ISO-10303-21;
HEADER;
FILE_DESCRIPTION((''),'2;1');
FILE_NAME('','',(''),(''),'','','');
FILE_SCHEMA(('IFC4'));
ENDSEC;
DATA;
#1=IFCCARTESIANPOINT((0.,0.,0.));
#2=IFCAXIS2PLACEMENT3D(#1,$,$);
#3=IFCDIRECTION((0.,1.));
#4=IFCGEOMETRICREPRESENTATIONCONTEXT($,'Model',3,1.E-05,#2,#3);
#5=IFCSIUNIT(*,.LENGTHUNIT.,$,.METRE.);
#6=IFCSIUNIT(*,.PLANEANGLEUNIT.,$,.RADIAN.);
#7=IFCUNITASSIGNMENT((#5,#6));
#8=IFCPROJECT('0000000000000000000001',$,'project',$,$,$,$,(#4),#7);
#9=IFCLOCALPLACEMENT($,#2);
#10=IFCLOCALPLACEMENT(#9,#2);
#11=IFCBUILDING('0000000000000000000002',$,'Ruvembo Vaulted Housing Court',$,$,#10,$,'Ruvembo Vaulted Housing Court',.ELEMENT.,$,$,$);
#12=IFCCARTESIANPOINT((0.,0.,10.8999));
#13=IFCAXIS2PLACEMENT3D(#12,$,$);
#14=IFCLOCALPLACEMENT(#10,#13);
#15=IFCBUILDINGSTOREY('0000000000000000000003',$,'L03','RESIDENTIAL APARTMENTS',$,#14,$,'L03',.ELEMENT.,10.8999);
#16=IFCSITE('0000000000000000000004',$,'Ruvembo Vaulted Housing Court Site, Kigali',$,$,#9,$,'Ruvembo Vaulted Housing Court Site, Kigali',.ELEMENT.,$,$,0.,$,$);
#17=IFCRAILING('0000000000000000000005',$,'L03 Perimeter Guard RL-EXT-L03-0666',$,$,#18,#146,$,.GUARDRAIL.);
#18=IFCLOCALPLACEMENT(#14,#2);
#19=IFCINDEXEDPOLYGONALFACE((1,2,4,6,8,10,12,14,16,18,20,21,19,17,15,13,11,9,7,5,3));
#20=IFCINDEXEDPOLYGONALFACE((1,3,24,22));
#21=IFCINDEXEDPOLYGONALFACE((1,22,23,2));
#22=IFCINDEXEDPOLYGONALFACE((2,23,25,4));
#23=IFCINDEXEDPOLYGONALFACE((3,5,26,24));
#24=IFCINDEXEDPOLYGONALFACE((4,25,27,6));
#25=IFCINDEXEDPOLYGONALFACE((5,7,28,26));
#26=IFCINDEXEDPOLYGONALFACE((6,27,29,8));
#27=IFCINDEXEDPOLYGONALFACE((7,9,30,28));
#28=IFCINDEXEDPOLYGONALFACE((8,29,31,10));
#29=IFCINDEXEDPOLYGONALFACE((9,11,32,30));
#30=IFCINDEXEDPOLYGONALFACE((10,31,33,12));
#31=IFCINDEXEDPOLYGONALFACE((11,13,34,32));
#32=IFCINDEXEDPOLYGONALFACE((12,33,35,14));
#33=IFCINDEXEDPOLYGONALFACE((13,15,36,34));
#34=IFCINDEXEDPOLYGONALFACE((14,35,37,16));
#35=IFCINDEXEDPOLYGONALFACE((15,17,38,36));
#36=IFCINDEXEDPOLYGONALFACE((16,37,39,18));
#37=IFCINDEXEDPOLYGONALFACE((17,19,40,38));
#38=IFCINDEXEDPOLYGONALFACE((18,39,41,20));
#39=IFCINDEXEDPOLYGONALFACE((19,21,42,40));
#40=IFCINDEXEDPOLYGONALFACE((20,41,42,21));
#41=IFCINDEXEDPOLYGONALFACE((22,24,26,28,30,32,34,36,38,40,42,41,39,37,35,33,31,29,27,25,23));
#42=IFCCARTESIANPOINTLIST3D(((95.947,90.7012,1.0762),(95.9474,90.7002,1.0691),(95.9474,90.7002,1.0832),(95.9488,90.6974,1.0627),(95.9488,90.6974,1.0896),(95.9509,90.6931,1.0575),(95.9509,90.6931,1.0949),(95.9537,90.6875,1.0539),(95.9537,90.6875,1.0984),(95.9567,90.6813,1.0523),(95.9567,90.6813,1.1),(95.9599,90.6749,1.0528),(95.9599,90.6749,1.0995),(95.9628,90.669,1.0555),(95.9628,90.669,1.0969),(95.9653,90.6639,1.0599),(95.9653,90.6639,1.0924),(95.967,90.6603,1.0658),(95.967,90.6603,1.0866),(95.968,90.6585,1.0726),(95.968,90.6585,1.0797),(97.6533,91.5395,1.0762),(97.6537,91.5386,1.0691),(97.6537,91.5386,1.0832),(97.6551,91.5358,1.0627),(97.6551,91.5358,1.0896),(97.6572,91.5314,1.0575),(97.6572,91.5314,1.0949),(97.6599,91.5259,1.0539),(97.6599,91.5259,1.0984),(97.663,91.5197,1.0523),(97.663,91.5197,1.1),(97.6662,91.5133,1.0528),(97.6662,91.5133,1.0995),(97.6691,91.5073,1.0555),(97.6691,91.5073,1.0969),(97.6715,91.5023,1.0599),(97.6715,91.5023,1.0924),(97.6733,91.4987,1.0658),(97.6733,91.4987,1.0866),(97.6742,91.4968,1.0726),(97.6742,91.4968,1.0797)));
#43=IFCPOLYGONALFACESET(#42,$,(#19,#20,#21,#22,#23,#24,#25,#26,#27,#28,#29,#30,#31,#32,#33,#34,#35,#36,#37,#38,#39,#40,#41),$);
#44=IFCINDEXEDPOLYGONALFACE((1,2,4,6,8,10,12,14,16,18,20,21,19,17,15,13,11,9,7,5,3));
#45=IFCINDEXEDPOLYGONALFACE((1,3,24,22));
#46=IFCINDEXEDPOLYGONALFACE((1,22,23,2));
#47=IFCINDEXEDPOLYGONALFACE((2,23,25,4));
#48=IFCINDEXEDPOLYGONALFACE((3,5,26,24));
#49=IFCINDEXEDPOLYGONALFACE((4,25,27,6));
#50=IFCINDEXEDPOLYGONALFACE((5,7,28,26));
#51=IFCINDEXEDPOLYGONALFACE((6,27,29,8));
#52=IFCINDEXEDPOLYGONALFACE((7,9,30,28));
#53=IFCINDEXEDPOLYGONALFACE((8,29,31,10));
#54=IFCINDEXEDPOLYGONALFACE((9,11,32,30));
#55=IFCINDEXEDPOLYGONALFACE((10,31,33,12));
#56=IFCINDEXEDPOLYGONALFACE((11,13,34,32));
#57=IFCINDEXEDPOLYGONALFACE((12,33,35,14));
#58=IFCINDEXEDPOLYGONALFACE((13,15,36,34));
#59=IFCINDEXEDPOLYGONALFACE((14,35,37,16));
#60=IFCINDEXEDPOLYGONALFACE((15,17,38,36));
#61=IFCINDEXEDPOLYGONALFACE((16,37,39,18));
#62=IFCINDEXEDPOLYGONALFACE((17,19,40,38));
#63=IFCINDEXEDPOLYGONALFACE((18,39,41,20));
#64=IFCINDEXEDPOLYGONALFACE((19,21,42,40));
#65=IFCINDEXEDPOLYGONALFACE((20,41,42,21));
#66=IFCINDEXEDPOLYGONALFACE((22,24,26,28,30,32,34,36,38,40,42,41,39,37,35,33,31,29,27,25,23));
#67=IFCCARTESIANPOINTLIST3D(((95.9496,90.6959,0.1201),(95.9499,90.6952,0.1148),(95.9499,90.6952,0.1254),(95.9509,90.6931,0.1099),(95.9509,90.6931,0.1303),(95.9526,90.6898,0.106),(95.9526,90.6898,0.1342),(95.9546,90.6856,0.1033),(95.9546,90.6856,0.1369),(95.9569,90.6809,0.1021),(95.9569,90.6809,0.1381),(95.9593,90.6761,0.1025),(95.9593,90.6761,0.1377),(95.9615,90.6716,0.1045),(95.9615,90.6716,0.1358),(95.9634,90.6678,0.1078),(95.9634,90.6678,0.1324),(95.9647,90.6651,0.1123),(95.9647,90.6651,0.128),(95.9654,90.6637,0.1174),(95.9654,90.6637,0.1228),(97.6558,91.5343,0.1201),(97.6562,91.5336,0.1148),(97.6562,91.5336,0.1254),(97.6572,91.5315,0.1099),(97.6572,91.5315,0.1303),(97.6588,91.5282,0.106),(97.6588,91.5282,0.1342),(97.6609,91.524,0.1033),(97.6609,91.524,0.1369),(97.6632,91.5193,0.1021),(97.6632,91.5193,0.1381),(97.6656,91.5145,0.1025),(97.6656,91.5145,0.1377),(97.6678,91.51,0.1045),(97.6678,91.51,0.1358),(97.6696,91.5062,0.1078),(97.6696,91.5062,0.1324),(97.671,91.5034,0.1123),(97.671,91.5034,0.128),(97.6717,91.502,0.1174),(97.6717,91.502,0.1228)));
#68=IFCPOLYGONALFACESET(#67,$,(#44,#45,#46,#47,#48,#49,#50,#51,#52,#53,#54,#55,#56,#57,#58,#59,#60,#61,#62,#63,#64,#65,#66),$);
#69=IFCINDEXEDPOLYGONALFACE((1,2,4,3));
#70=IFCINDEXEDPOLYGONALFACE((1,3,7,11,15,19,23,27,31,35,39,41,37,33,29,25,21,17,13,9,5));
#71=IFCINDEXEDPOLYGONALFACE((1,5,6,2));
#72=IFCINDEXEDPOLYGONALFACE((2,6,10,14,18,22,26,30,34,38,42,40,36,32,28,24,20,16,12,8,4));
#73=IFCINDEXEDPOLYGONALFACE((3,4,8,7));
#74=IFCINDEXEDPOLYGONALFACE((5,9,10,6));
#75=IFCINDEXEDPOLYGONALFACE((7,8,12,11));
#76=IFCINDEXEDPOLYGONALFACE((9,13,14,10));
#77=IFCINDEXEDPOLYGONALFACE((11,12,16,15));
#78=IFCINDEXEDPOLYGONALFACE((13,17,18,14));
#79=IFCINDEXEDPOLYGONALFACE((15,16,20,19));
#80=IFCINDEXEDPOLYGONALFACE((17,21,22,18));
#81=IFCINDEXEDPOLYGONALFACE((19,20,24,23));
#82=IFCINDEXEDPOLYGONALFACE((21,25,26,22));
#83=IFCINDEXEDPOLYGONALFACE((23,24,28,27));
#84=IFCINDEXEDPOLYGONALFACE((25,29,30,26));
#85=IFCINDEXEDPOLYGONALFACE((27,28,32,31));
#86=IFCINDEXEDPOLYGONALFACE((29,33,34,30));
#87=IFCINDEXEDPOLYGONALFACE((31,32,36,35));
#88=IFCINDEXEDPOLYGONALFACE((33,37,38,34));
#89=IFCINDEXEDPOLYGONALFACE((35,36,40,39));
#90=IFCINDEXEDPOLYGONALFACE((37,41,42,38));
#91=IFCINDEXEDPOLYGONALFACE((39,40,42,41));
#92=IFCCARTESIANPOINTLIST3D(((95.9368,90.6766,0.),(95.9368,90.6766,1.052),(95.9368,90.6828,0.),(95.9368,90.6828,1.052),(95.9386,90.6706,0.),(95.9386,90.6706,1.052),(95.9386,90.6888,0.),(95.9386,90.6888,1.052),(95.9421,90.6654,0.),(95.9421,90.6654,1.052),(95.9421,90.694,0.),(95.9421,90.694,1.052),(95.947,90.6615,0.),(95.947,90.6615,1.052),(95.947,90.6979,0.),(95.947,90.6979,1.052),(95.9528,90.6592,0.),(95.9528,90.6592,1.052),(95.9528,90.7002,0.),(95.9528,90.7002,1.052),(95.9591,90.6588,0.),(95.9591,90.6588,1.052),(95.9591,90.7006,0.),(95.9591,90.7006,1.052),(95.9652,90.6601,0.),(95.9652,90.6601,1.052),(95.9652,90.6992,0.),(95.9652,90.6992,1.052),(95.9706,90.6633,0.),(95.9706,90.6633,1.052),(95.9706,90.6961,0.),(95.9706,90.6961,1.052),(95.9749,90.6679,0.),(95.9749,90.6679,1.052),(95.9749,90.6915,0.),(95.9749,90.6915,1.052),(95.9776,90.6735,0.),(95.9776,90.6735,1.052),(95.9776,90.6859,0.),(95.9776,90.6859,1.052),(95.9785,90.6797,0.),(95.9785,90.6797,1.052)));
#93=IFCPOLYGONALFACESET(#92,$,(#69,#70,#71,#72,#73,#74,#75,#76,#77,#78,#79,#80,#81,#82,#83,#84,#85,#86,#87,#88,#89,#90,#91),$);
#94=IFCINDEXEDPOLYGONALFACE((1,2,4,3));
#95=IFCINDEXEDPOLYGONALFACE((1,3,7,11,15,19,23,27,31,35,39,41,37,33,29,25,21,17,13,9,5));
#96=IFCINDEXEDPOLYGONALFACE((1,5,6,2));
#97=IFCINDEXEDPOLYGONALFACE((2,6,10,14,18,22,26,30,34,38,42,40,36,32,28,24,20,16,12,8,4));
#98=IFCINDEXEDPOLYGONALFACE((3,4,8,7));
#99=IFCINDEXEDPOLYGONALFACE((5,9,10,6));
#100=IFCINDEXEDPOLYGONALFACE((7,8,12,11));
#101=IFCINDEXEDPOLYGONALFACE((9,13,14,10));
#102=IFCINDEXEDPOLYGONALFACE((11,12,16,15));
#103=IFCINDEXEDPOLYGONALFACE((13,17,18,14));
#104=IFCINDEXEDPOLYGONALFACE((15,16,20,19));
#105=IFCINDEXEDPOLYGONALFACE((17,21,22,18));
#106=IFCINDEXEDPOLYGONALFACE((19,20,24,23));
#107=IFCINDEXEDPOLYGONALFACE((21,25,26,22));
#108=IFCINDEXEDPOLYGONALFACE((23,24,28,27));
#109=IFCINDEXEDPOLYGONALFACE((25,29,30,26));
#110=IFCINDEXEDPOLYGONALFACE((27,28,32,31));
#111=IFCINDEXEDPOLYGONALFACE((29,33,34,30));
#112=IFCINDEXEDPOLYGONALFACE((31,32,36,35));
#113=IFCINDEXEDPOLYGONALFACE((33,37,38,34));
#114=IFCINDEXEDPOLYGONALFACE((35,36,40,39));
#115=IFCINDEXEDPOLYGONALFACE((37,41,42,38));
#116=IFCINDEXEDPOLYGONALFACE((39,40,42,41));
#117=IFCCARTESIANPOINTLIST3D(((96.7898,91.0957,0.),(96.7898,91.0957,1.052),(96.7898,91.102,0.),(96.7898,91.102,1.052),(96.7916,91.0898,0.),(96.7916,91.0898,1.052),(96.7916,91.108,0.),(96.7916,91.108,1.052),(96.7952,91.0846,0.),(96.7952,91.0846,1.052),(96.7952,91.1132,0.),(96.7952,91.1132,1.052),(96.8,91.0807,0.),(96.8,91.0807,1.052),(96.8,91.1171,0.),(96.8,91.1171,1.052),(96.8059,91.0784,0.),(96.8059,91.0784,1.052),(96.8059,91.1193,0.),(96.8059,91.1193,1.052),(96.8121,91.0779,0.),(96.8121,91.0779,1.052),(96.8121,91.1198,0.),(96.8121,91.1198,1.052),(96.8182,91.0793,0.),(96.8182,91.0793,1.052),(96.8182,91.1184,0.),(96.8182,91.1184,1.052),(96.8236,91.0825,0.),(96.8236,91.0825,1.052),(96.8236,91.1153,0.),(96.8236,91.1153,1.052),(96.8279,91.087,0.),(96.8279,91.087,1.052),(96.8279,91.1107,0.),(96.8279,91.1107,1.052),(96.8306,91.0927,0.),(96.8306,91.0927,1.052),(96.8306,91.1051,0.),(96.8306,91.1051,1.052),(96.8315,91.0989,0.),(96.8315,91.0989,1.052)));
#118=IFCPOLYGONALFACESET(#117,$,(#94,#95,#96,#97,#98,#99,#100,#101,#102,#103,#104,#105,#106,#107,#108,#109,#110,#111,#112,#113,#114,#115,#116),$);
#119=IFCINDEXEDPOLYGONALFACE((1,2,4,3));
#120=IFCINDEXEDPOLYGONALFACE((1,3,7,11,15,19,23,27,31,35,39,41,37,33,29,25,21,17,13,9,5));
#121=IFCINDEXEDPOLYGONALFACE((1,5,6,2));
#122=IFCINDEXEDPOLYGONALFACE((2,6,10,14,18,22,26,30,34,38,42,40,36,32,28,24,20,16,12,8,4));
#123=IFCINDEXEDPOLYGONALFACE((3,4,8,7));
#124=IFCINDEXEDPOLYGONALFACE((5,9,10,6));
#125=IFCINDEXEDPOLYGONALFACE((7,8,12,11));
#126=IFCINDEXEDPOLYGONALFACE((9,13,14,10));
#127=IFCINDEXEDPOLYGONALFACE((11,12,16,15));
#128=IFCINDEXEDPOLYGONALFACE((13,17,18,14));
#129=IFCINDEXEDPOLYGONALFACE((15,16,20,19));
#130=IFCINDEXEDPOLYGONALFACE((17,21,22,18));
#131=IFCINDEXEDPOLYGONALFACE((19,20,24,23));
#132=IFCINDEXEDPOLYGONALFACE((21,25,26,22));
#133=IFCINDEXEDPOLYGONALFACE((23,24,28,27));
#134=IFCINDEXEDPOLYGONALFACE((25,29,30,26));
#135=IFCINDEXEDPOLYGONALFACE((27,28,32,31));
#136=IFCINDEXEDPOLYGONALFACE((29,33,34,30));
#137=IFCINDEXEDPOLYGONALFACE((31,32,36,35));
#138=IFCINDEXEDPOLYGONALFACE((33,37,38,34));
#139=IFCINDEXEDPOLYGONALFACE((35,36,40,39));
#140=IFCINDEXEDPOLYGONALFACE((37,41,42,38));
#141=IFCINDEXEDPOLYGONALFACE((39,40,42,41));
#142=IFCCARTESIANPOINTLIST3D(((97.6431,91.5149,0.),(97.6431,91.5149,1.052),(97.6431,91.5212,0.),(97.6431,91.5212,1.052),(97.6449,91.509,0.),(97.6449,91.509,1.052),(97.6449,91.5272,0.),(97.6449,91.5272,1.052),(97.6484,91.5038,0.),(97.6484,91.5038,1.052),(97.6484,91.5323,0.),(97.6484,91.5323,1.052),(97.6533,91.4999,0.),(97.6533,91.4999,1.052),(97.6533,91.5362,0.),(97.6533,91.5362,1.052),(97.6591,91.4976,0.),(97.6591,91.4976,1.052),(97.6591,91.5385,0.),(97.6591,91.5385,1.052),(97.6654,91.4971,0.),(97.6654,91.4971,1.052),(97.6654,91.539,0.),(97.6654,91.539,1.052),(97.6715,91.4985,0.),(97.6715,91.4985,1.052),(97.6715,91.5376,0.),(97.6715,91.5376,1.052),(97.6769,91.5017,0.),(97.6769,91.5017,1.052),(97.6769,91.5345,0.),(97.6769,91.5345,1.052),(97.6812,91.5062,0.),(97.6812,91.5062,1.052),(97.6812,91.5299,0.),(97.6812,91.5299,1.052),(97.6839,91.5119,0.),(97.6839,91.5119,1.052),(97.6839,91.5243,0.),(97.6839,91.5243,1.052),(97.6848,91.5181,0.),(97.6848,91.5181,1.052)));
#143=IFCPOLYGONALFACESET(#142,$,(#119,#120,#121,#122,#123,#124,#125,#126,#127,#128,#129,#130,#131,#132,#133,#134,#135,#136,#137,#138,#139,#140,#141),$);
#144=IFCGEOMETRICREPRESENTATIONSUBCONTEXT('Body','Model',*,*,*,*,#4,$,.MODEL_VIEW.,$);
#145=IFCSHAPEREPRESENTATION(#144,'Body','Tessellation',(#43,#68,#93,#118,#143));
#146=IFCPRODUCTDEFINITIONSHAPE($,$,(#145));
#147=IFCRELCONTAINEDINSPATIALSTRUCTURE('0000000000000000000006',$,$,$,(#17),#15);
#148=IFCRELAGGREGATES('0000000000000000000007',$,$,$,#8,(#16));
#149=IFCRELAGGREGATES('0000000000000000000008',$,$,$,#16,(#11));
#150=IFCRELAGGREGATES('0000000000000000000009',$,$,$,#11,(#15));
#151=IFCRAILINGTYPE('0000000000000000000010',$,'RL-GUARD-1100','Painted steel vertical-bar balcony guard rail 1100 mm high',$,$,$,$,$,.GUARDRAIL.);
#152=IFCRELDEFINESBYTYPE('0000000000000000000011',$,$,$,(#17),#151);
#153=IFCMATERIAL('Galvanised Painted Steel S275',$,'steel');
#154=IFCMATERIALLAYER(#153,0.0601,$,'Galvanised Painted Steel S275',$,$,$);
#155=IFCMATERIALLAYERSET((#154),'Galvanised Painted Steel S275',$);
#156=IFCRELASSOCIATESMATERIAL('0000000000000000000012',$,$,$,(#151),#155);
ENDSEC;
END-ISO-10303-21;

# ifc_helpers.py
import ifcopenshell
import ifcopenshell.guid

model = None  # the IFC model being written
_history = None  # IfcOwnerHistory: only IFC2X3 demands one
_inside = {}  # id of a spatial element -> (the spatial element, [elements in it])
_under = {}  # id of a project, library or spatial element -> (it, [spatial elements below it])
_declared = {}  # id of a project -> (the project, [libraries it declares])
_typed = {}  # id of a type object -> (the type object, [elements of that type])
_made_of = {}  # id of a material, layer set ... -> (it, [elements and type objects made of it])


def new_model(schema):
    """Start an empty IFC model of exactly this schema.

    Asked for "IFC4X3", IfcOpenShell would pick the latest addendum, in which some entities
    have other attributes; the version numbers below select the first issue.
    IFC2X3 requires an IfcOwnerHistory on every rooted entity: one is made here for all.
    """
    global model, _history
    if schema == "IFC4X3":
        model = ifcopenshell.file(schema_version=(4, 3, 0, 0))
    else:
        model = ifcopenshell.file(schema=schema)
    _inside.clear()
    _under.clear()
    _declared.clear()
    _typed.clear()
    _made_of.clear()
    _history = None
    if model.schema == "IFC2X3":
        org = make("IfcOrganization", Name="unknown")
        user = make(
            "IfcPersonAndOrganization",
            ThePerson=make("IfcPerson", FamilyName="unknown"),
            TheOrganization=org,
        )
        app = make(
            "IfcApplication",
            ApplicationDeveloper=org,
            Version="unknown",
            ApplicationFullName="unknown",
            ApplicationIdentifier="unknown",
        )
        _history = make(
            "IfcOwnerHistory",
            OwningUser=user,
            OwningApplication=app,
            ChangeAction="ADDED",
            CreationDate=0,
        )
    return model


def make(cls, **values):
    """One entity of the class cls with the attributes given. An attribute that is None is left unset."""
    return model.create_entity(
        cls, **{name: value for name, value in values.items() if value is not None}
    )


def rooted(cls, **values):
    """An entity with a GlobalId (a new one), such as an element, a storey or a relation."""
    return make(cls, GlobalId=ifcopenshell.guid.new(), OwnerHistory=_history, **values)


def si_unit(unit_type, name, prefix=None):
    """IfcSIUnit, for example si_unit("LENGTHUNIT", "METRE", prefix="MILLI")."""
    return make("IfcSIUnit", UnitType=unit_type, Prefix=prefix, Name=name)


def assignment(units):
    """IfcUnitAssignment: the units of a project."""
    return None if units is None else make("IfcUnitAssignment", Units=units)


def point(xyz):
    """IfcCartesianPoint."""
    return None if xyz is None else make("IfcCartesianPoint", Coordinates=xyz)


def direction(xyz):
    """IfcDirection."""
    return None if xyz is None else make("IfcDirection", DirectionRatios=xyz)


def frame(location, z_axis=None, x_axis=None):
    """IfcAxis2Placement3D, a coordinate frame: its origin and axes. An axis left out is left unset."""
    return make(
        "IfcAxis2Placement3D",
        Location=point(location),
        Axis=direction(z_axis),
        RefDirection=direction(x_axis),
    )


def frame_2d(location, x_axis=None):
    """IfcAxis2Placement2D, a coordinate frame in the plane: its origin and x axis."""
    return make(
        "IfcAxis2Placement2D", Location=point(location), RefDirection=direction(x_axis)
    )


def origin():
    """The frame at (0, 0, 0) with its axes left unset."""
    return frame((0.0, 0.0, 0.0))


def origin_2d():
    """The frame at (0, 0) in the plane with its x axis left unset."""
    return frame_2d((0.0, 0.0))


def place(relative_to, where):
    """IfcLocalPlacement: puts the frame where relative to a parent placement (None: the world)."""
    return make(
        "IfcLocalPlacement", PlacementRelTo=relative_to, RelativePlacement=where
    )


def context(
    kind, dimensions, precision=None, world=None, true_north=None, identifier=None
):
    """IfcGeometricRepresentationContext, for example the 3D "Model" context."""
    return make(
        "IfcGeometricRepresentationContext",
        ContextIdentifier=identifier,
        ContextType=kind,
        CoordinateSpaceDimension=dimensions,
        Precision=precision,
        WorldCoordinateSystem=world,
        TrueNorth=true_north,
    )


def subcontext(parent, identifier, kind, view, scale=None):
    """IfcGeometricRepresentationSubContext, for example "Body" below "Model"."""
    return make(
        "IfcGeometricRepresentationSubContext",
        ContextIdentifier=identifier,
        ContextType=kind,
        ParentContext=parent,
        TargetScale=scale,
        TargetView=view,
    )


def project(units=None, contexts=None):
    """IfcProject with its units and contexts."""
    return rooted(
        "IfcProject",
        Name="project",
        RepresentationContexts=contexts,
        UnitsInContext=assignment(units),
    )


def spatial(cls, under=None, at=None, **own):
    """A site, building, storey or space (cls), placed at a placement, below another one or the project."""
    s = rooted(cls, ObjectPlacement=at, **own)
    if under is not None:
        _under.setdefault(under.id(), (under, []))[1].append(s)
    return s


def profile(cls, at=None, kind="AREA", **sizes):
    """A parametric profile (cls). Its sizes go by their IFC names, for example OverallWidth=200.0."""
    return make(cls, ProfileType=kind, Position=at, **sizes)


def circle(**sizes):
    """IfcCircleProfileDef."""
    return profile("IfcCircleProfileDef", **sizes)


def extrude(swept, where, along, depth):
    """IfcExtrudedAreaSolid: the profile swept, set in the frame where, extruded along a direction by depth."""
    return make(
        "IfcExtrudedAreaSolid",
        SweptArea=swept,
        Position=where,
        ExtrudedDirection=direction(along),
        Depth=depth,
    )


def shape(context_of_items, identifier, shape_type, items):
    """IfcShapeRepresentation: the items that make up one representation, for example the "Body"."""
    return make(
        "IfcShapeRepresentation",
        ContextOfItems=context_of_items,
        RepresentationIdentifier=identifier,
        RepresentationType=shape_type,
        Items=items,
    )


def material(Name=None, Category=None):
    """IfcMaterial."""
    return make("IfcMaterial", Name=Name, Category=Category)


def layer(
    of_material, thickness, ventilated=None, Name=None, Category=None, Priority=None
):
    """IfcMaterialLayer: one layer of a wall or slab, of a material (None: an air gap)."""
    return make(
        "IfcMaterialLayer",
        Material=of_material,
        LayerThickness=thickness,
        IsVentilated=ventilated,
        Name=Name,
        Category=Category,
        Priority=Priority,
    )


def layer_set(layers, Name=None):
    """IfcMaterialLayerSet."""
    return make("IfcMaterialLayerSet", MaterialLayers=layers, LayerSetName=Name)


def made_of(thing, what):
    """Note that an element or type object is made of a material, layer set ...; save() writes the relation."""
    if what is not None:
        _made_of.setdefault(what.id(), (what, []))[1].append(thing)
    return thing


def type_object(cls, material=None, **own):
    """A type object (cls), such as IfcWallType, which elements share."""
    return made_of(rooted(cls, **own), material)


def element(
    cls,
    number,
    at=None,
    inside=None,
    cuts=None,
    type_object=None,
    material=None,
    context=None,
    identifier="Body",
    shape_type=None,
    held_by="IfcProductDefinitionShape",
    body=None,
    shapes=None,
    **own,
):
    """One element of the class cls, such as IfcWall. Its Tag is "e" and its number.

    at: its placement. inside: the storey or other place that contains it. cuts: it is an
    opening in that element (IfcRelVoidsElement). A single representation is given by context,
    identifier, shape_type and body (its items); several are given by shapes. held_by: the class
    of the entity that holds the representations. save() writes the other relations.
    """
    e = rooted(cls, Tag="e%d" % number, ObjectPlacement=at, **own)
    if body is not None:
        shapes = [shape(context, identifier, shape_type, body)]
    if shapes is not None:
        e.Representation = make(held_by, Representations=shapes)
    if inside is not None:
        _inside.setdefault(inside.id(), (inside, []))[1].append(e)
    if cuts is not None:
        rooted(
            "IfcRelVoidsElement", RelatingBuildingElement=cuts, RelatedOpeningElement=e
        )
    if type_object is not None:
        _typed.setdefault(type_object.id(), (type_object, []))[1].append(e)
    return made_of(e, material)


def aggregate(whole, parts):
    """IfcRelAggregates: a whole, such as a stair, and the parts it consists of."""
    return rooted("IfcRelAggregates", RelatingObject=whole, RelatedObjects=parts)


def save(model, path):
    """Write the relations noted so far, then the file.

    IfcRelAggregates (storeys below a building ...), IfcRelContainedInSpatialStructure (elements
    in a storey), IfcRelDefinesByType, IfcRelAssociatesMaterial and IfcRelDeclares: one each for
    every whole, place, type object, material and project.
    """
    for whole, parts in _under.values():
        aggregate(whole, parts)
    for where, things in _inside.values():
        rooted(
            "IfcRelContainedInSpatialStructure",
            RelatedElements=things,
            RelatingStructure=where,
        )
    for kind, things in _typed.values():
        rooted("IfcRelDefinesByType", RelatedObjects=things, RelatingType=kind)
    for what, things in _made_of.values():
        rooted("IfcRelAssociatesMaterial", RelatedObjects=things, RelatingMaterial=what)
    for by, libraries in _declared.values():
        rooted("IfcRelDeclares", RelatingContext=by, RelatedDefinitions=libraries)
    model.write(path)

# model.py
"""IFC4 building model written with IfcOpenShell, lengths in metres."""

from ifc_helpers import new_model, si_unit, direction, frame, origin, origin_2d, place, context, subcontext, project, spatial, circle, extrude, material, layer, layer_set, type_object, element, save


model = new_model("IFC4")

# Units and contexts
model_context = context("Model", 3, precision=1e-05, world=origin(), true_north=direction((0.0, 1.0)))
body_context = subcontext(model_context, "Body", "Model", "MODEL_VIEW")
ifc_project = project(units=[si_unit("LENGTHUNIT", "METRE"), si_unit("PLANEANGLEUNIT", "RADIAN")], contexts=[model_context])

# Site, building, storey
site_placement = place(None, origin())
site = spatial("IfcSite", under=ifc_project, at=site_placement, Name="Ruvembo Vaulted Housing Court Site, Kigali", LongName="Ruvembo Vaulted Housing Court Site, Kigali", CompositionType="ELEMENT", RefElevation=0.0)
building_placement = place(site_placement, origin())
building = spatial("IfcBuilding", under=site, at=building_placement, Name="Ruvembo Vaulted Housing Court", LongName="Ruvembo Vaulted Housing Court", CompositionType="ELEMENT")
storey_placement = place(building_placement, frame((0.0, 0.0, 10.8999)))
storey = spatial("IfcBuildingStorey", under=building, at=storey_placement, Name="L03", Description="RESIDENTIAL APARTMENTS", LongName="L03", CompositionType="ELEMENT", Elevation=10.8999)

# Railing
ifc_material_1 = material(Name="Galvanised Painted Steel S275", Category="steel")
ifc_layer_1 = layer(ifc_material_1, 0.0601, Name="Galvanised Painted Steel S275")
ifc_layer_set_1 = layer_set([ifc_layer_1], Name="Galvanised Painted Steel S275")
railing_type = type_object("IfcRailingType", Name="RL-GUARD-1100", Description="Painted steel vertical-bar balcony guard rail 1100 mm high", PredefinedType="GUARDRAIL", material=ifc_layer_set_1)
railing_1_placement = place(storey_placement, frame((95.9575, 90.6797, 0.0)))
element("IfcRailing", 1, at=railing_1_placement, inside=storey, type_object=railing_type, Name="L03 Perimeter Guard RL-EXT-L03-0666", PredefinedType="GUARDRAIL", context=body_context, shape_type="SweptSolid", body=[
    extrude(circle(Radius=0.0239, at=origin_2d()), frame((0.0, 0.0, 1.0762), z_axis=(0.897513, 0.440987, 0.0), x_axis=(-0.440987, 0.897513, 0.0)), (0.0, 0.0, 1.0), 1.9011),
    extrude(circle(Radius=0.0181, at=origin_2d()), frame((0.0, 0.0, 0.1201), z_axis=(0.897513, 0.440987, 0.0), x_axis=(-0.440987, 0.897513, 0.0)), (0.0, 0.0, 1.0), 1.9011),
    extrude(circle(Radius=0.021, at=origin_2d()), origin(), (0.0, 0.0, 1.0), 1.052),
    extrude(circle(Radius=0.021, at=origin_2d()), frame((0.853, 0.4192, 0.0)), (0.0, 0.0, 1.0), 1.052),
    extrude(circle(Radius=0.021, at=origin_2d()), frame((1.7063, 0.8384, 0.0)), (0.0, 0.0, 1.0), 1.052),
])

save(model, "model.ifc")
